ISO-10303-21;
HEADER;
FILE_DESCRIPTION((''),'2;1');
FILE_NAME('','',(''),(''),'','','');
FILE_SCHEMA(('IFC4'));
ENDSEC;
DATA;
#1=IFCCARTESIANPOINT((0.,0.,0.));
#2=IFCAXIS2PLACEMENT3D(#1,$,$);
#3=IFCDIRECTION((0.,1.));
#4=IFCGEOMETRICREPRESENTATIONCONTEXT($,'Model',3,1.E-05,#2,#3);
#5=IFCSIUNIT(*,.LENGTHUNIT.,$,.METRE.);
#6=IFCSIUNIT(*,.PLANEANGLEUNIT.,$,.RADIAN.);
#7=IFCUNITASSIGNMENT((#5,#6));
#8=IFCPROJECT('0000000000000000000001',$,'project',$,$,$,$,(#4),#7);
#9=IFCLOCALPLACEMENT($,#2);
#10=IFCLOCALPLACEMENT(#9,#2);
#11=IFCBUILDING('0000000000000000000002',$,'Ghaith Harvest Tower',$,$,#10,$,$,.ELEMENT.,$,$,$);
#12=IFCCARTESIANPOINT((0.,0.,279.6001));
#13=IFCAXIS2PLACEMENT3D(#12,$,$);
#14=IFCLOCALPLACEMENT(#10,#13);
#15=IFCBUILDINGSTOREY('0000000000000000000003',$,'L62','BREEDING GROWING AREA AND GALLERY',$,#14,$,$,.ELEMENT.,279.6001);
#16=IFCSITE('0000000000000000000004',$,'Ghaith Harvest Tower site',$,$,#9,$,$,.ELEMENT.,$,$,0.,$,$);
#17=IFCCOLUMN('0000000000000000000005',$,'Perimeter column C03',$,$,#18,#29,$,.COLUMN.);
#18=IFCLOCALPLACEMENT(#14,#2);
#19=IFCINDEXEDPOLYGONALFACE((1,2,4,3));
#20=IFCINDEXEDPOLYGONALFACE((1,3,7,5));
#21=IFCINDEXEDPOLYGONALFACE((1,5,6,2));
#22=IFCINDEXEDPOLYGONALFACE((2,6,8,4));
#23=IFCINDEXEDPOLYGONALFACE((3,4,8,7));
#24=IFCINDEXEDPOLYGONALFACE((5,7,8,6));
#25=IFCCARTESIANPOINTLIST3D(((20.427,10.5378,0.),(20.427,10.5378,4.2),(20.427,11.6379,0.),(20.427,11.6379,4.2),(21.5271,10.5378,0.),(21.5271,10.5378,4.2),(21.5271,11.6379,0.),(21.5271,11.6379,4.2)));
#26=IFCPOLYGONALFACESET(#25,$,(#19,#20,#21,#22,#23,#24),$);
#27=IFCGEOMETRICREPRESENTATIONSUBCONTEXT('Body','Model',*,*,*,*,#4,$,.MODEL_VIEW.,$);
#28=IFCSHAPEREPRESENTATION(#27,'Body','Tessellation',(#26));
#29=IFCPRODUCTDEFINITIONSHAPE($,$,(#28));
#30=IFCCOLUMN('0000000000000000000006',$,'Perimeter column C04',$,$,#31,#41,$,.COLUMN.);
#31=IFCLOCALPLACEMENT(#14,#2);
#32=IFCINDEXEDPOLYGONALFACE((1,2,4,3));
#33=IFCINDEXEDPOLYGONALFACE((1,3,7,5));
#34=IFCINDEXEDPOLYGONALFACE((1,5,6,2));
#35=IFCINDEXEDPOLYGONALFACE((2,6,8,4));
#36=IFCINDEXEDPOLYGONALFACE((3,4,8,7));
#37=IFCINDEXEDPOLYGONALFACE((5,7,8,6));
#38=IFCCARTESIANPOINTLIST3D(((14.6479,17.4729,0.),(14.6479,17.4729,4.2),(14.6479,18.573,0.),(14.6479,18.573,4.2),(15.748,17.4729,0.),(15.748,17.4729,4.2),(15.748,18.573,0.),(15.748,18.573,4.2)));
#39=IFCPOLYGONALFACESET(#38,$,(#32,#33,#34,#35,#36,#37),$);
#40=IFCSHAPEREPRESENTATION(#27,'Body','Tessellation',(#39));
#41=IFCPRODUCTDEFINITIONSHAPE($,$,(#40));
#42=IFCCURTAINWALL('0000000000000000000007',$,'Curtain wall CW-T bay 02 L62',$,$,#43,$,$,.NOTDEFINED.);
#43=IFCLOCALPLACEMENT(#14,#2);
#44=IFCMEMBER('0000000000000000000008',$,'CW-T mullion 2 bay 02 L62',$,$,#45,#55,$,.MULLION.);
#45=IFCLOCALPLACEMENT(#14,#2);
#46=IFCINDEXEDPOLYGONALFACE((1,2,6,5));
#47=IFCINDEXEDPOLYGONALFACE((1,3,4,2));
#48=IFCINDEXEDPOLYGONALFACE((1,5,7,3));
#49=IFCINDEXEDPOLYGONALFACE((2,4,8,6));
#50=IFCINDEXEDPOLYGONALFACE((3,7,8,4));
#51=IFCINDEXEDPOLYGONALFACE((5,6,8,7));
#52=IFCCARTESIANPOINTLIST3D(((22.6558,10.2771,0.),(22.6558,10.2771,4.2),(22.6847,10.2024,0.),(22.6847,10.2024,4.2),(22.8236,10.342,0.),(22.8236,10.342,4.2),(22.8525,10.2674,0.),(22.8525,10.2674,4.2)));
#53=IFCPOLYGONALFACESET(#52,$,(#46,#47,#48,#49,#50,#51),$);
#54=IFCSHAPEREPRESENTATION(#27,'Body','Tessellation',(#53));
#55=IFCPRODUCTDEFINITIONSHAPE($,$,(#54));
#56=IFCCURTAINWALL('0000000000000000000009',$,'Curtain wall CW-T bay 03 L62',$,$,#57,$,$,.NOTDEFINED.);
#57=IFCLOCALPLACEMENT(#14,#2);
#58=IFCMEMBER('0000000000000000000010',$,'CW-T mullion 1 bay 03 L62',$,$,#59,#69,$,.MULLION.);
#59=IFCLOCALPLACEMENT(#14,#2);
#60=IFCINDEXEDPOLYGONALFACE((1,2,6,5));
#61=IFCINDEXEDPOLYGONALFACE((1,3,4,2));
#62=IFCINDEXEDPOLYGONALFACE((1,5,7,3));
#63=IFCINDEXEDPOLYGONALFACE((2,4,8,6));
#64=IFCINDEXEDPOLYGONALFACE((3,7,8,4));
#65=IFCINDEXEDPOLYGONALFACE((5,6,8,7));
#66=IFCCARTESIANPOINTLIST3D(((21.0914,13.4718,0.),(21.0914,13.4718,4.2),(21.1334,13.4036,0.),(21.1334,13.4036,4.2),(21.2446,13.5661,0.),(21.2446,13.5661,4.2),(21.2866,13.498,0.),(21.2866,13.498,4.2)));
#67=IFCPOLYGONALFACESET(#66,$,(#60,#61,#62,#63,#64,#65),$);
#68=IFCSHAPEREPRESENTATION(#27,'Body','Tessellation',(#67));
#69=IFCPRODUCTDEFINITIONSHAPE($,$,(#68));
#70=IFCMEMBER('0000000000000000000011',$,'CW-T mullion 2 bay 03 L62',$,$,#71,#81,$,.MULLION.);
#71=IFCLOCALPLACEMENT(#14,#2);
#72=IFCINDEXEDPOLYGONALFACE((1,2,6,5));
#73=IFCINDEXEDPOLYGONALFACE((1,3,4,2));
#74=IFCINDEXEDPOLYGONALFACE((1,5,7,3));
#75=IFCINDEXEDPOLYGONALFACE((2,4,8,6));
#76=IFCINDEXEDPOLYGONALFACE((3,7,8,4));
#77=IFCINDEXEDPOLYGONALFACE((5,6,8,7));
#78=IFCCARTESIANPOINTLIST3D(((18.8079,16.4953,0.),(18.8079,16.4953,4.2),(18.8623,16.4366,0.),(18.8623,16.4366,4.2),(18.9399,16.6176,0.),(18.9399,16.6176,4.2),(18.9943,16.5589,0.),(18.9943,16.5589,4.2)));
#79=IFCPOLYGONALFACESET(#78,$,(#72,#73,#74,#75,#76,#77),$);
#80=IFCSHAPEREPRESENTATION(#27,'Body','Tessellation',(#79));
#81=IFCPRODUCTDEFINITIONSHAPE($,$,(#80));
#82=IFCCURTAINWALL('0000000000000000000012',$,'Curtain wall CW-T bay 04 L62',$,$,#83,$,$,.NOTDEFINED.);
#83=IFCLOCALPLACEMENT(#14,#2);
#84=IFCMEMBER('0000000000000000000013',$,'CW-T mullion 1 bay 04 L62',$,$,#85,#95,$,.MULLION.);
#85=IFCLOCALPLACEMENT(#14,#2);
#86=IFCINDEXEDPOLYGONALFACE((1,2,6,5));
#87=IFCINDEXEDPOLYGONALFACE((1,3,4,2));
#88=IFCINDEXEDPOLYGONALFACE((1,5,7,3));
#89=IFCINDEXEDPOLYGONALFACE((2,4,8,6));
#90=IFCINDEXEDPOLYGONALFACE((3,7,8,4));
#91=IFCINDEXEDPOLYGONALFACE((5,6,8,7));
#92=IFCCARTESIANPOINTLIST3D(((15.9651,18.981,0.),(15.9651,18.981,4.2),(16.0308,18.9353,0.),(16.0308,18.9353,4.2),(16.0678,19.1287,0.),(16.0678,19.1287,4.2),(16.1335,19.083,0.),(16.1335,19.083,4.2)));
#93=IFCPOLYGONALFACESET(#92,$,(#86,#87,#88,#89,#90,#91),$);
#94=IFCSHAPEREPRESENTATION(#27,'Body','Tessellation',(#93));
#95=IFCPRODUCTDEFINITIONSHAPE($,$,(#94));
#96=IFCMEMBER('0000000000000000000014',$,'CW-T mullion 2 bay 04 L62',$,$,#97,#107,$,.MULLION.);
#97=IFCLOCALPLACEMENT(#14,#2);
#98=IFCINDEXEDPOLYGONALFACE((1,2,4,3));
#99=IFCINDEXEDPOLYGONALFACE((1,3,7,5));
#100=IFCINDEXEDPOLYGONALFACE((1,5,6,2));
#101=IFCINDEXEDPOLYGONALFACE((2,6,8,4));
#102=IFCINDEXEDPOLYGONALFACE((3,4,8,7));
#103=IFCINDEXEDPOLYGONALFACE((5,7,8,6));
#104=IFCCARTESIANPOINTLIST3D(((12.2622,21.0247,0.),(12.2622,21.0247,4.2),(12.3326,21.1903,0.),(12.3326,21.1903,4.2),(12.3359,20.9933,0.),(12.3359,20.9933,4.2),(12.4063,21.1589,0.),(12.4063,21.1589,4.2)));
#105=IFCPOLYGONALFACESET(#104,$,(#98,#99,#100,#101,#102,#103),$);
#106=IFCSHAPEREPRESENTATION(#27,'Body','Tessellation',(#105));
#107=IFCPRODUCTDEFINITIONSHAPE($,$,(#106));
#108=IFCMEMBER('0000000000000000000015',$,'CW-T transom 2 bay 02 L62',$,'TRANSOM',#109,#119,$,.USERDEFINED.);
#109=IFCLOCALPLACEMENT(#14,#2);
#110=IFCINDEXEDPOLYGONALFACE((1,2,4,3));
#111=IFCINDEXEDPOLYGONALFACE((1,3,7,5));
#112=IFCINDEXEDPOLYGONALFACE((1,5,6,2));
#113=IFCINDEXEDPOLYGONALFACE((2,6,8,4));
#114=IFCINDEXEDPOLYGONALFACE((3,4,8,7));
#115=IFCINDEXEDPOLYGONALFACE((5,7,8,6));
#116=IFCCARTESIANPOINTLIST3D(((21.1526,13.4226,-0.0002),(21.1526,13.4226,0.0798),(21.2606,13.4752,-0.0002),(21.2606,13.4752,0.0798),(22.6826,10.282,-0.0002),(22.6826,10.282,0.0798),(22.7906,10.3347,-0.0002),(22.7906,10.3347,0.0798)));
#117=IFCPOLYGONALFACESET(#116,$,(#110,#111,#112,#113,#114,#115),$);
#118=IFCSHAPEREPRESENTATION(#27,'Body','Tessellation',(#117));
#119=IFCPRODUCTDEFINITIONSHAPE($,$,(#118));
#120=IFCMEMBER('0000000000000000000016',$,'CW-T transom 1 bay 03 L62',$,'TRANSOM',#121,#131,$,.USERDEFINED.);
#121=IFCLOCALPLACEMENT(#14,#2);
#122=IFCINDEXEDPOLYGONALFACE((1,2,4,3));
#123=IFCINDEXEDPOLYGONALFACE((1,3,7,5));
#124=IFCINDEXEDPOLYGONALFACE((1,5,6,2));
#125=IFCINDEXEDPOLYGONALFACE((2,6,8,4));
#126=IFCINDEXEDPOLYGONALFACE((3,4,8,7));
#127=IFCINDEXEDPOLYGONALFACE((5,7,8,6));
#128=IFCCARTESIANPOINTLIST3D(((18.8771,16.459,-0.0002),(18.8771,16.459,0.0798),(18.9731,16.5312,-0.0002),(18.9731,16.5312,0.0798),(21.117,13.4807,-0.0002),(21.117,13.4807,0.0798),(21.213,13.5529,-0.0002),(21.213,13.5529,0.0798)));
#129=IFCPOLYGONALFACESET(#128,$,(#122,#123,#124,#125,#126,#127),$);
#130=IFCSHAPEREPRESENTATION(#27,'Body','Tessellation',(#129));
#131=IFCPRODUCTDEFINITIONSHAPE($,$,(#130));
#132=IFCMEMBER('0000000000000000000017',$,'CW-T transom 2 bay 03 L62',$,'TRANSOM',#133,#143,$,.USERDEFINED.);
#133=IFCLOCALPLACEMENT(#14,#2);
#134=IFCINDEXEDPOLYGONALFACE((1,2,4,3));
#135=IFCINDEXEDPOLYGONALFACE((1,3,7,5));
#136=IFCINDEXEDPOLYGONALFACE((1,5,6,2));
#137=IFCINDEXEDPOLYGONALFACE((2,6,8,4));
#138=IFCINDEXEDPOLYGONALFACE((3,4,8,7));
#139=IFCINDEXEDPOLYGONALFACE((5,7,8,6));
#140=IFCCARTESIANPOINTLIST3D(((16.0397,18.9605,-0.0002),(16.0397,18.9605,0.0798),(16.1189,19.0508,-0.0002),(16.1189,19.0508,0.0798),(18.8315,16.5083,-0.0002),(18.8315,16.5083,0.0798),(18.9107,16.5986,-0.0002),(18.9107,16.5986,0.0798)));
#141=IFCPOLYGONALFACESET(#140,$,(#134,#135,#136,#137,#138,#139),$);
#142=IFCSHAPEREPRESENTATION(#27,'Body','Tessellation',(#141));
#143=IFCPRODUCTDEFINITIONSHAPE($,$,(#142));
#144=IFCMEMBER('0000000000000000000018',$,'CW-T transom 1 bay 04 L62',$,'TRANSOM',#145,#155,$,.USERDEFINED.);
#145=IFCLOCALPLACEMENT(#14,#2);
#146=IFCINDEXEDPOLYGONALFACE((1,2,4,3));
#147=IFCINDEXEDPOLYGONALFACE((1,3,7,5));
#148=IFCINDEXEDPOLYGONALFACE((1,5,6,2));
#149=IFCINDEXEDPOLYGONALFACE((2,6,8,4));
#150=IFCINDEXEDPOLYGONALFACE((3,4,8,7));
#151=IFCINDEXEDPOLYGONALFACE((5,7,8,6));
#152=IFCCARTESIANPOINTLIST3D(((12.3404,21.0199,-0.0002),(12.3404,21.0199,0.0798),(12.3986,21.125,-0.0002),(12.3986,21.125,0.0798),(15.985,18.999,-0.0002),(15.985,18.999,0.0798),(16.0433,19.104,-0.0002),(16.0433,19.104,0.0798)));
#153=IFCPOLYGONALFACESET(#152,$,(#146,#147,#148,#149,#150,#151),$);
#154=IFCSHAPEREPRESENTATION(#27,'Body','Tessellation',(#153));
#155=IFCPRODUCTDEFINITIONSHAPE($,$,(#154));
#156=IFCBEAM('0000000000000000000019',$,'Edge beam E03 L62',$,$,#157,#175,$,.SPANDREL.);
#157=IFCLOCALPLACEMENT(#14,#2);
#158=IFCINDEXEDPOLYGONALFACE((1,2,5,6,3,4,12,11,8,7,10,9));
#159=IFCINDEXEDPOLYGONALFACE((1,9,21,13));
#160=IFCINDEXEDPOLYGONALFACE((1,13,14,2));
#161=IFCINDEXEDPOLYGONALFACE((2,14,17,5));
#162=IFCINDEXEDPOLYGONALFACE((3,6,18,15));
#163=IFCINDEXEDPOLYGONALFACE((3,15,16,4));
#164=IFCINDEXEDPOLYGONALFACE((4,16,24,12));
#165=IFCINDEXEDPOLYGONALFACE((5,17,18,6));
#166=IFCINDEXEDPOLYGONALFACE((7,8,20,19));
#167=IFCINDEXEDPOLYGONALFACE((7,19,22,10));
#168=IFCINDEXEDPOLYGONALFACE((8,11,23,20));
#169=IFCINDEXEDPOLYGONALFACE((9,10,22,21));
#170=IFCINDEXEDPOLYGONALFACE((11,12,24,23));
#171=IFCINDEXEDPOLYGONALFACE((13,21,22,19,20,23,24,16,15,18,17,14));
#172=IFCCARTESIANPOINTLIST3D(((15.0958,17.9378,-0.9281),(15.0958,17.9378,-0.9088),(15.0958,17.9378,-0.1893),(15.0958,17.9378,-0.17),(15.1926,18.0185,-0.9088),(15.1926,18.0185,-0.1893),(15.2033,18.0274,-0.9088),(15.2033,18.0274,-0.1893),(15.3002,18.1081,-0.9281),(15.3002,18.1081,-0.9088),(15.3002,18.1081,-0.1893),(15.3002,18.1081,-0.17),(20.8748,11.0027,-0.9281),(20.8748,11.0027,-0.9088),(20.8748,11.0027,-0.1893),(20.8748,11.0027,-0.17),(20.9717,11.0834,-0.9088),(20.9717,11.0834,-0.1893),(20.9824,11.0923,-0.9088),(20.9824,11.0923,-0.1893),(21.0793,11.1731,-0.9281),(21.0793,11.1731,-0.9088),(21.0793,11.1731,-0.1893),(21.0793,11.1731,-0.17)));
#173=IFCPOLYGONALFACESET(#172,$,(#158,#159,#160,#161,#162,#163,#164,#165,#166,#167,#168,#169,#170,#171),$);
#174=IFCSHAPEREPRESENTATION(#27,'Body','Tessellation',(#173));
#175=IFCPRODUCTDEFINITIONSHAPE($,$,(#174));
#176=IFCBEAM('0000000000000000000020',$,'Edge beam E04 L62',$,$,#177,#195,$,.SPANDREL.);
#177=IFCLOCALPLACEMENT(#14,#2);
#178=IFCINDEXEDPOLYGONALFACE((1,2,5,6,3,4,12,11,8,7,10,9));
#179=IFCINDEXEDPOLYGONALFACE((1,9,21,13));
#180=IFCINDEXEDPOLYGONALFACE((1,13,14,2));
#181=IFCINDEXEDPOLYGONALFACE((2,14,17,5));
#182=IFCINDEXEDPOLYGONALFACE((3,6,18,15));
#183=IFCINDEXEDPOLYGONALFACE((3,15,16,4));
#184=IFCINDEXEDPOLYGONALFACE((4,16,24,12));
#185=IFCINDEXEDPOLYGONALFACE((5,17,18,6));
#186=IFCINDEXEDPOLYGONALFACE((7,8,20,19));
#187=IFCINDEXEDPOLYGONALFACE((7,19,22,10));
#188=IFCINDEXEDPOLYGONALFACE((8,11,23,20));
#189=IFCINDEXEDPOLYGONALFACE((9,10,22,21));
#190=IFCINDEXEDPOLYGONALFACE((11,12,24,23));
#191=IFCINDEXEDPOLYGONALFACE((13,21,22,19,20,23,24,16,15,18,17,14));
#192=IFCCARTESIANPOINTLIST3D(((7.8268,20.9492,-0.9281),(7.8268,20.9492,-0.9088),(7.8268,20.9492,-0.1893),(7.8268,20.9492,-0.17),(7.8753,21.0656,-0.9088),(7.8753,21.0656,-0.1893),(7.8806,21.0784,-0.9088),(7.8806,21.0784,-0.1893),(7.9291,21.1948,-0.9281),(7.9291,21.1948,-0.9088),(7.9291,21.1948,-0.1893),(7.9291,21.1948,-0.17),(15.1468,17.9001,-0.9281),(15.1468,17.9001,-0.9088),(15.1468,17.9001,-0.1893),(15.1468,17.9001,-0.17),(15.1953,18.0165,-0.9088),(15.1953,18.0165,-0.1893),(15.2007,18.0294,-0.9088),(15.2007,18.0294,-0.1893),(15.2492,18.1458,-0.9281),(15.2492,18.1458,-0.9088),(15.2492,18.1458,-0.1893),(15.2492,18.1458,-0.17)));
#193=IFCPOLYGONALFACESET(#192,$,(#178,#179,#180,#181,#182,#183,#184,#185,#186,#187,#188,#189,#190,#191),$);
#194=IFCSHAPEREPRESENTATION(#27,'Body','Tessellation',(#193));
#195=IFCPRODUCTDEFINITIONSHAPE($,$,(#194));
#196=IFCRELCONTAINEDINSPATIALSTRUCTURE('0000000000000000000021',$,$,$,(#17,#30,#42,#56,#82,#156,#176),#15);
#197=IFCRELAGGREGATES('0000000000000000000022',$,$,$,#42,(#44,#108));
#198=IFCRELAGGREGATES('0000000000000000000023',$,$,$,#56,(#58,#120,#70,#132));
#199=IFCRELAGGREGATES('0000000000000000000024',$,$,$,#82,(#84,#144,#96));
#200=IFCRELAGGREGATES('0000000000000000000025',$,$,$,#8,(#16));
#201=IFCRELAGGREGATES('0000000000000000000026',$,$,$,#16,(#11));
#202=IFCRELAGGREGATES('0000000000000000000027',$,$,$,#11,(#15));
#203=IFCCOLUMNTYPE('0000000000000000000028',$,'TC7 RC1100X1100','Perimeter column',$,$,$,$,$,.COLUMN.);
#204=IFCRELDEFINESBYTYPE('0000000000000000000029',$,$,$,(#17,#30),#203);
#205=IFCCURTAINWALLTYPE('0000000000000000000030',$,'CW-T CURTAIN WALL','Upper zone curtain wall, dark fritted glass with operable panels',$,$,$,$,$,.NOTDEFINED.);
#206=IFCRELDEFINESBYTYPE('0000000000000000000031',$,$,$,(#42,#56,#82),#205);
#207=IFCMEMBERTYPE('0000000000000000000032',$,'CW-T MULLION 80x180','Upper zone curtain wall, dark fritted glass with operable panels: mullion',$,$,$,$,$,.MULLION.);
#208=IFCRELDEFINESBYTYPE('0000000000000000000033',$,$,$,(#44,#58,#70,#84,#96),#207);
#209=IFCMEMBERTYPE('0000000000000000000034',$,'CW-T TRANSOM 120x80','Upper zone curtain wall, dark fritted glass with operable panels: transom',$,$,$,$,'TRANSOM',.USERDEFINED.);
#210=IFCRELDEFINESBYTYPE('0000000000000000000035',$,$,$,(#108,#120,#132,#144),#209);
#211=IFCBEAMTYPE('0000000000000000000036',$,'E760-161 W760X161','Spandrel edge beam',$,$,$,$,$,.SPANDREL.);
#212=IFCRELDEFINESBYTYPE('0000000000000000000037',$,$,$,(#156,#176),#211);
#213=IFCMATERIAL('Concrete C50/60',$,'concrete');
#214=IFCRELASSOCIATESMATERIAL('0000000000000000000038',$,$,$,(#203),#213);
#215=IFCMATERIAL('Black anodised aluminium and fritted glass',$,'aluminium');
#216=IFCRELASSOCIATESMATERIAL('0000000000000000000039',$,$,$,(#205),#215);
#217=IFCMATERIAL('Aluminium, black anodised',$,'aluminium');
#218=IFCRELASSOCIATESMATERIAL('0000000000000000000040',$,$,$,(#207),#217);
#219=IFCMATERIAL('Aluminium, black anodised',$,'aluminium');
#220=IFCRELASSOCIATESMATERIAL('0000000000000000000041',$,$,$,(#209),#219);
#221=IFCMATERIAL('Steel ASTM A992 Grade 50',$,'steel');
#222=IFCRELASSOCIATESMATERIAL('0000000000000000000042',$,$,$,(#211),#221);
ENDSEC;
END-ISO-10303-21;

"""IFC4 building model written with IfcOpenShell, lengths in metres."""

from ifc_helpers import new_model, si_unit, direction, frame, origin, origin_2d, place, context, subcontext, project, spatial, rectangle, i_section, extrude, material, material_profile, profile_set, type_object, element, aggregate, save


model = new_model("IFC4")

# Units and contexts
model_context = context("Model", 3, precision=1e-05, world=origin(), true_north=direction((0.0, 1.0)))
body_context = subcontext(model_context, "Body", "Model", "MODEL_VIEW")
ifc_project = project(units=[si_unit("LENGTHUNIT", "METRE"), si_unit("PLANEANGLEUNIT", "RADIAN")], contexts=[model_context])

# Site, building, storey
site_placement = place(None, origin())
site = spatial("IfcSite", under=ifc_project, at=site_placement, Name="Ghaith Harvest Tower site", CompositionType="ELEMENT", RefElevation=0.0)
building_placement = place(site_placement, origin())
building = spatial("IfcBuilding", under=site, at=building_placement, Name="Ghaith Harvest Tower", CompositionType="ELEMENT")
storey_placement = place(building_placement, frame((0.0, 0.0, 279.6001)))
storey = spatial("IfcBuildingStorey", under=building, at=storey_placement, Name="L62", Description="BREEDING GROWING AREA AND GALLERY", CompositionType="ELEMENT", Elevation=279.6001)

# Columns
ifc_material_1 = material(Name="Concrete C50/60", Category="concrete")
ifc_material_profile_1 = material_profile(ifc_material_1, rectangle(XDim=1.1001, YDim=1.1001, at=origin_2d()), Name="RC1100X1100")
ifc_profile_set_1 = profile_set([ifc_material_profile_1], Name="Concrete C50/60")
column_type = type_object("IfcColumnType", Name="TC7 RC1100X1100", Description="Perimeter column", PredefinedType="COLUMN", material=ifc_profile_set_1)
for number, where, z_axis, x_axis, name in (
    (1, (20.9771, 11.0879, 0.0), (0.0, 0.0, 1.0), (1.0, 0.0, 0.0), "Perimeter column C03"),
    (2, (15.198, 18.0229, 0.0), (0.0, 0.0, 1.0), (1.0, 0.0, 0.0), "Perimeter column C04"),
):
    element("IfcColumn", number, at=place(storey_placement, frame(where, z_axis=z_axis, x_axis=x_axis)), inside=storey, type_object=column_type, Name=name, PredefinedType="COLUMN", context=body_context, shape_type="SweptSolid", body=[
        extrude(rectangle(XDim=1.1001, YDim=1.1001, at=origin_2d()), origin(), (0.0, 0.0, 1.0), 4.2),
    ])

# Curtain wall, member
ifc_material_2 = material(Name="Black anodised aluminium and fritted glass", Category="aluminium")
curtain_wall_type = type_object("IfcCurtainWallType", Name="CW-T CURTAIN WALL", Description="Upper zone curtain wall, dark fritted glass with operable panels", PredefinedType="NOTDEFINED", material=ifc_material_2)
curtain_wall_1_placement = place(storey_placement, origin())
curtain_wall_1 = element("IfcCurtainWall", 3, at=curtain_wall_1_placement, inside=storey, type_object=curtain_wall_type, Name="Curtain wall CW-T bay 02 L62", PredefinedType="NOTDEFINED")
ifc_material_3 = material(Name="Aluminium, black anodised", Category="aluminium")
ifc_material_profile_2 = material_profile(ifc_material_3, rectangle(XDim=0.0801, YDim=0.1799, at=origin_2d()), Name="CW-T MULLION 80x180")
ifc_profile_set_2 = profile_set([ifc_material_profile_2], Name="Aluminium, black anodised")
member_type_1 = type_object("IfcMemberType", Name="CW-T MULLION 80x180", Description="Upper zone curtain wall, dark fritted glass with operable panels: mullion", PredefinedType="MULLION", material=ifc_profile_set_2)
member_1_placement = place(storey_placement, frame((22.7542, 10.2722, 0.0), z_axis=(0.0, 0.0, 1.0), x_axis=(-0.361184, 0.932494, 0.0)))
member_1 = element("IfcMember", 4, at=member_1_placement, type_object=member_type_1, Name="CW-T mullion 2 bay 02 L62", PredefinedType="MULLION", context=body_context, shape_type="SweptSolid", body=[
    extrude(rectangle(XDim=0.0801, YDim=0.1799, at=origin_2d()), origin(), (0.0, 0.0, 1.0), 4.2),
])

# Curtain walls, members
curtain_wall_2_placement = place(storey_placement, origin())
curtain_wall_2 = element("IfcCurtainWall", 5, at=curtain_wall_2_placement, inside=storey, type_object=curtain_wall_type, Name="Curtain wall CW-T bay 03 L62", PredefinedType="NOTDEFINED")
member_2_placement = place(storey_placement, frame((21.189, 13.4849, 0.0), z_axis=(0.0, 0.0, 1.0), x_axis=(-0.524482, 0.851421, 0.0)))
member_2 = element("IfcMember", 6, at=member_2_placement, type_object=member_type_1, Name="CW-T mullion 1 bay 03 L62", PredefinedType="MULLION", context=body_context, shape_type="SweptSolid", body=[
    extrude(rectangle(XDim=0.0801, YDim=0.1799, at=origin_2d()), origin(), (0.0, 0.0, 1.0), 4.2),
])
member_3_placement = place(storey_placement, frame((18.9011, 16.5271, 0.0), z_axis=(0.0, 0.0, 1.0), x_axis=(-0.679661, 0.733526, 0.0)))
member_3 = element("IfcMember", 7, at=member_3_placement, type_object=member_type_1, Name="CW-T mullion 2 bay 03 L62", PredefinedType="MULLION", context=body_context, shape_type="SweptSolid", body=[
    extrude(rectangle(XDim=0.0801, YDim=0.1799, at=origin_2d()), origin(), (0.0, 0.0, 1.0), 4.2),
])
curtain_wall_3_placement = place(storey_placement, origin())
curtain_wall_3 = element("IfcCurtainWall", 8, at=curtain_wall_3_placement, inside=storey, type_object=curtain_wall_type, Name="Curtain wall CW-T bay 04 L62", PredefinedType="NOTDEFINED")
member_4_placement = place(storey_placement, frame((16.0493, 19.032, 0.0), z_axis=(0.0, 0.0, 1.0), x_axis=(-0.821112, 0.570767, 0.0)))
member_4 = element("IfcMember", 9, at=member_4_placement, type_object=member_type_1, Name="CW-T mullion 1 bay 04 L62", PredefinedType="MULLION", context=body_context, shape_type="SweptSolid", body=[
    extrude(rectangle(XDim=0.0801, YDim=0.1799, at=origin_2d()), origin(), (0.0, 0.0, 1.0), 4.2),
])
member_5_placement = place(storey_placement, frame((12.3342, 21.0918, 0.0), z_axis=(0.0, 0.0, 1.0), x_axis=(-0.920319, 0.391168, 0.0)))
member_5 = element("IfcMember", 10, at=member_5_placement, type_object=member_type_1, Name="CW-T mullion 2 bay 04 L62", PredefinedType="MULLION", context=body_context, shape_type="SweptSolid", body=[
    extrude(rectangle(XDim=0.0801, YDim=0.1799, at=origin_2d()), origin(), (0.0, 0.0, 1.0), 4.2),
])

# Members
ifc_material_4 = material(Name="Aluminium, black anodised", Category="aluminium")
ifc_material_profile_3 = material_profile(ifc_material_4, rectangle(XDim=0.1201, YDim=0.0801, at=origin_2d()), Name="CW-T TRANSOM 120x80")
ifc_profile_set_3 = profile_set([ifc_material_profile_3], Name="Aluminium, black anodised")
member_type_2 = type_object("IfcMemberType", Name="CW-T TRANSOM 120x80", Description="Upper zone curtain wall, dark fritted glass with operable panels: transom", ElementType="TRANSOM", PredefinedType="USERDEFINED", material=ifc_profile_set_3)
member_6_placement = place(storey_placement, frame((22.7366, 10.3083, 0.0398), z_axis=(-0.437965, 0.898992, 0.0), x_axis=(-0.898992, -0.437965, 0.0)))
member_6 = element("IfcMember", 11, at=member_6_placement, type_object=member_type_2, Name="CW-T transom 2 bay 02 L62", ObjectType="TRANSOM", PredefinedType="USERDEFINED", context=body_context, shape_type="SweptSolid", body=[
    extrude(rectangle(XDim=0.1201, YDim=0.0801, at=origin_2d()), origin(), (0.0, 0.0, 1.0), 3.4934),
])
member_7_placement = place(storey_placement, frame((21.165, 13.5168, 0.0398), z_axis=(-0.601079, 0.79919, 0.0), x_axis=(-0.79919, -0.601079, 0.0)))
member_7 = element("IfcMember", 12, at=member_7_placement, type_object=member_type_2, Name="CW-T transom 1 bay 03 L62", ObjectType="TRANSOM", PredefinedType="USERDEFINED", context=body_context, shape_type="SweptSolid", body=[
    extrude(rectangle(XDim=0.1201, YDim=0.0801, at=origin_2d()), origin(), (0.0, 0.0, 1.0), 3.7266),
])
member_8_placement = place(storey_placement, frame((18.8711, 16.5535, 0.0398), z_axis=(-0.751326, 0.659931, 0.0), x_axis=(-0.659931, -0.751326, 0.0)))
member_8 = element("IfcMember", 13, at=member_8_placement, type_object=member_type_2, Name="CW-T transom 2 bay 03 L62", ObjectType="TRANSOM", PredefinedType="USERDEFINED", context=body_context, shape_type="SweptSolid", body=[
    extrude(rectangle(XDim=0.1201, YDim=0.0801, at=origin_2d()), origin(), (0.0, 0.0, 1.0), 3.7158),
])
member_9_placement = place(storey_placement, frame((16.0142, 19.0515, 0.0398), z_axis=(-0.874552, 0.484932, 0.0), x_axis=(-0.484932, -0.874552, 0.0)))
member_9 = element("IfcMember", 14, at=member_9_placement, type_object=member_type_2, Name="CW-T transom 1 bay 04 L62", ObjectType="TRANSOM", PredefinedType="USERDEFINED", context=body_context, shape_type="SweptSolid", body=[
    extrude(rectangle(XDim=0.1201, YDim=0.0801, at=origin_2d()), origin(), (0.0, 0.0, 1.0), 4.1675),
])

# Beams
ifc_material_5 = material(Name="Steel ASTM A992 Grade 50", Category="steel")
ifc_material_profile_4 = material_profile(ifc_material_5, i_section(OverallWidth=0.2661, OverallDepth=0.7581, WebThickness=0.0139, FlangeThickness=0.0193, at=origin_2d()), Name="W760X161")
ifc_profile_set_4 = profile_set([ifc_material_profile_4], Name="Steel ASTM A992 Grade 50")
beam_type_1 = type_object("IfcBeamType", Name="E760-161 W760X161", Description="Spandrel edge beam", PredefinedType="SPANDREL", material=ifc_profile_set_4)
beam_1_placement = place(storey_placement, frame((20.9771, 11.0879, -0.5491), z_axis=(-0.640174, 0.76823, 0.0), x_axis=(-0.76823, -0.640174, 0.0)))
element("IfcBeam", 15, at=beam_1_placement, inside=storey, type_object=beam_type_1, Name="Edge beam E03 L62", PredefinedType="SPANDREL", context=body_context, shape_type="SweptSolid", body=[
    extrude(i_section(OverallWidth=0.2661, OverallDepth=0.7581, WebThickness=0.0139, FlangeThickness=0.0193, at=origin_2d()), origin(), (0.0, 0.0, 1.0), 9.0273),
])
beam_2_placement = place(storey_placement, frame((15.198, 18.0229, -0.5491), z_axis=(-0.92312, 0.384513, 0.0), x_axis=(-0.384513, -0.92312, 0.0)))
element("IfcBeam", 16, at=beam_2_placement, inside=storey, type_object=beam_type_1, Name="Edge beam E04 L62", PredefinedType="SPANDREL", context=body_context, shape_type="SweptSolid", body=[
    extrude(i_section(OverallWidth=0.2661, OverallDepth=0.7581, WebThickness=0.0139, FlangeThickness=0.0193, at=origin_2d()), origin(), (0.0, 0.0, 1.0), 7.9297),
])

aggregate(curtain_wall_1, [member_1, member_6])
aggregate(curtain_wall_2, [member_2, member_7, member_3, member_8])
aggregate(curtain_wall_3, [member_4, member_9, member_5])

save(model, "model.ifc")
